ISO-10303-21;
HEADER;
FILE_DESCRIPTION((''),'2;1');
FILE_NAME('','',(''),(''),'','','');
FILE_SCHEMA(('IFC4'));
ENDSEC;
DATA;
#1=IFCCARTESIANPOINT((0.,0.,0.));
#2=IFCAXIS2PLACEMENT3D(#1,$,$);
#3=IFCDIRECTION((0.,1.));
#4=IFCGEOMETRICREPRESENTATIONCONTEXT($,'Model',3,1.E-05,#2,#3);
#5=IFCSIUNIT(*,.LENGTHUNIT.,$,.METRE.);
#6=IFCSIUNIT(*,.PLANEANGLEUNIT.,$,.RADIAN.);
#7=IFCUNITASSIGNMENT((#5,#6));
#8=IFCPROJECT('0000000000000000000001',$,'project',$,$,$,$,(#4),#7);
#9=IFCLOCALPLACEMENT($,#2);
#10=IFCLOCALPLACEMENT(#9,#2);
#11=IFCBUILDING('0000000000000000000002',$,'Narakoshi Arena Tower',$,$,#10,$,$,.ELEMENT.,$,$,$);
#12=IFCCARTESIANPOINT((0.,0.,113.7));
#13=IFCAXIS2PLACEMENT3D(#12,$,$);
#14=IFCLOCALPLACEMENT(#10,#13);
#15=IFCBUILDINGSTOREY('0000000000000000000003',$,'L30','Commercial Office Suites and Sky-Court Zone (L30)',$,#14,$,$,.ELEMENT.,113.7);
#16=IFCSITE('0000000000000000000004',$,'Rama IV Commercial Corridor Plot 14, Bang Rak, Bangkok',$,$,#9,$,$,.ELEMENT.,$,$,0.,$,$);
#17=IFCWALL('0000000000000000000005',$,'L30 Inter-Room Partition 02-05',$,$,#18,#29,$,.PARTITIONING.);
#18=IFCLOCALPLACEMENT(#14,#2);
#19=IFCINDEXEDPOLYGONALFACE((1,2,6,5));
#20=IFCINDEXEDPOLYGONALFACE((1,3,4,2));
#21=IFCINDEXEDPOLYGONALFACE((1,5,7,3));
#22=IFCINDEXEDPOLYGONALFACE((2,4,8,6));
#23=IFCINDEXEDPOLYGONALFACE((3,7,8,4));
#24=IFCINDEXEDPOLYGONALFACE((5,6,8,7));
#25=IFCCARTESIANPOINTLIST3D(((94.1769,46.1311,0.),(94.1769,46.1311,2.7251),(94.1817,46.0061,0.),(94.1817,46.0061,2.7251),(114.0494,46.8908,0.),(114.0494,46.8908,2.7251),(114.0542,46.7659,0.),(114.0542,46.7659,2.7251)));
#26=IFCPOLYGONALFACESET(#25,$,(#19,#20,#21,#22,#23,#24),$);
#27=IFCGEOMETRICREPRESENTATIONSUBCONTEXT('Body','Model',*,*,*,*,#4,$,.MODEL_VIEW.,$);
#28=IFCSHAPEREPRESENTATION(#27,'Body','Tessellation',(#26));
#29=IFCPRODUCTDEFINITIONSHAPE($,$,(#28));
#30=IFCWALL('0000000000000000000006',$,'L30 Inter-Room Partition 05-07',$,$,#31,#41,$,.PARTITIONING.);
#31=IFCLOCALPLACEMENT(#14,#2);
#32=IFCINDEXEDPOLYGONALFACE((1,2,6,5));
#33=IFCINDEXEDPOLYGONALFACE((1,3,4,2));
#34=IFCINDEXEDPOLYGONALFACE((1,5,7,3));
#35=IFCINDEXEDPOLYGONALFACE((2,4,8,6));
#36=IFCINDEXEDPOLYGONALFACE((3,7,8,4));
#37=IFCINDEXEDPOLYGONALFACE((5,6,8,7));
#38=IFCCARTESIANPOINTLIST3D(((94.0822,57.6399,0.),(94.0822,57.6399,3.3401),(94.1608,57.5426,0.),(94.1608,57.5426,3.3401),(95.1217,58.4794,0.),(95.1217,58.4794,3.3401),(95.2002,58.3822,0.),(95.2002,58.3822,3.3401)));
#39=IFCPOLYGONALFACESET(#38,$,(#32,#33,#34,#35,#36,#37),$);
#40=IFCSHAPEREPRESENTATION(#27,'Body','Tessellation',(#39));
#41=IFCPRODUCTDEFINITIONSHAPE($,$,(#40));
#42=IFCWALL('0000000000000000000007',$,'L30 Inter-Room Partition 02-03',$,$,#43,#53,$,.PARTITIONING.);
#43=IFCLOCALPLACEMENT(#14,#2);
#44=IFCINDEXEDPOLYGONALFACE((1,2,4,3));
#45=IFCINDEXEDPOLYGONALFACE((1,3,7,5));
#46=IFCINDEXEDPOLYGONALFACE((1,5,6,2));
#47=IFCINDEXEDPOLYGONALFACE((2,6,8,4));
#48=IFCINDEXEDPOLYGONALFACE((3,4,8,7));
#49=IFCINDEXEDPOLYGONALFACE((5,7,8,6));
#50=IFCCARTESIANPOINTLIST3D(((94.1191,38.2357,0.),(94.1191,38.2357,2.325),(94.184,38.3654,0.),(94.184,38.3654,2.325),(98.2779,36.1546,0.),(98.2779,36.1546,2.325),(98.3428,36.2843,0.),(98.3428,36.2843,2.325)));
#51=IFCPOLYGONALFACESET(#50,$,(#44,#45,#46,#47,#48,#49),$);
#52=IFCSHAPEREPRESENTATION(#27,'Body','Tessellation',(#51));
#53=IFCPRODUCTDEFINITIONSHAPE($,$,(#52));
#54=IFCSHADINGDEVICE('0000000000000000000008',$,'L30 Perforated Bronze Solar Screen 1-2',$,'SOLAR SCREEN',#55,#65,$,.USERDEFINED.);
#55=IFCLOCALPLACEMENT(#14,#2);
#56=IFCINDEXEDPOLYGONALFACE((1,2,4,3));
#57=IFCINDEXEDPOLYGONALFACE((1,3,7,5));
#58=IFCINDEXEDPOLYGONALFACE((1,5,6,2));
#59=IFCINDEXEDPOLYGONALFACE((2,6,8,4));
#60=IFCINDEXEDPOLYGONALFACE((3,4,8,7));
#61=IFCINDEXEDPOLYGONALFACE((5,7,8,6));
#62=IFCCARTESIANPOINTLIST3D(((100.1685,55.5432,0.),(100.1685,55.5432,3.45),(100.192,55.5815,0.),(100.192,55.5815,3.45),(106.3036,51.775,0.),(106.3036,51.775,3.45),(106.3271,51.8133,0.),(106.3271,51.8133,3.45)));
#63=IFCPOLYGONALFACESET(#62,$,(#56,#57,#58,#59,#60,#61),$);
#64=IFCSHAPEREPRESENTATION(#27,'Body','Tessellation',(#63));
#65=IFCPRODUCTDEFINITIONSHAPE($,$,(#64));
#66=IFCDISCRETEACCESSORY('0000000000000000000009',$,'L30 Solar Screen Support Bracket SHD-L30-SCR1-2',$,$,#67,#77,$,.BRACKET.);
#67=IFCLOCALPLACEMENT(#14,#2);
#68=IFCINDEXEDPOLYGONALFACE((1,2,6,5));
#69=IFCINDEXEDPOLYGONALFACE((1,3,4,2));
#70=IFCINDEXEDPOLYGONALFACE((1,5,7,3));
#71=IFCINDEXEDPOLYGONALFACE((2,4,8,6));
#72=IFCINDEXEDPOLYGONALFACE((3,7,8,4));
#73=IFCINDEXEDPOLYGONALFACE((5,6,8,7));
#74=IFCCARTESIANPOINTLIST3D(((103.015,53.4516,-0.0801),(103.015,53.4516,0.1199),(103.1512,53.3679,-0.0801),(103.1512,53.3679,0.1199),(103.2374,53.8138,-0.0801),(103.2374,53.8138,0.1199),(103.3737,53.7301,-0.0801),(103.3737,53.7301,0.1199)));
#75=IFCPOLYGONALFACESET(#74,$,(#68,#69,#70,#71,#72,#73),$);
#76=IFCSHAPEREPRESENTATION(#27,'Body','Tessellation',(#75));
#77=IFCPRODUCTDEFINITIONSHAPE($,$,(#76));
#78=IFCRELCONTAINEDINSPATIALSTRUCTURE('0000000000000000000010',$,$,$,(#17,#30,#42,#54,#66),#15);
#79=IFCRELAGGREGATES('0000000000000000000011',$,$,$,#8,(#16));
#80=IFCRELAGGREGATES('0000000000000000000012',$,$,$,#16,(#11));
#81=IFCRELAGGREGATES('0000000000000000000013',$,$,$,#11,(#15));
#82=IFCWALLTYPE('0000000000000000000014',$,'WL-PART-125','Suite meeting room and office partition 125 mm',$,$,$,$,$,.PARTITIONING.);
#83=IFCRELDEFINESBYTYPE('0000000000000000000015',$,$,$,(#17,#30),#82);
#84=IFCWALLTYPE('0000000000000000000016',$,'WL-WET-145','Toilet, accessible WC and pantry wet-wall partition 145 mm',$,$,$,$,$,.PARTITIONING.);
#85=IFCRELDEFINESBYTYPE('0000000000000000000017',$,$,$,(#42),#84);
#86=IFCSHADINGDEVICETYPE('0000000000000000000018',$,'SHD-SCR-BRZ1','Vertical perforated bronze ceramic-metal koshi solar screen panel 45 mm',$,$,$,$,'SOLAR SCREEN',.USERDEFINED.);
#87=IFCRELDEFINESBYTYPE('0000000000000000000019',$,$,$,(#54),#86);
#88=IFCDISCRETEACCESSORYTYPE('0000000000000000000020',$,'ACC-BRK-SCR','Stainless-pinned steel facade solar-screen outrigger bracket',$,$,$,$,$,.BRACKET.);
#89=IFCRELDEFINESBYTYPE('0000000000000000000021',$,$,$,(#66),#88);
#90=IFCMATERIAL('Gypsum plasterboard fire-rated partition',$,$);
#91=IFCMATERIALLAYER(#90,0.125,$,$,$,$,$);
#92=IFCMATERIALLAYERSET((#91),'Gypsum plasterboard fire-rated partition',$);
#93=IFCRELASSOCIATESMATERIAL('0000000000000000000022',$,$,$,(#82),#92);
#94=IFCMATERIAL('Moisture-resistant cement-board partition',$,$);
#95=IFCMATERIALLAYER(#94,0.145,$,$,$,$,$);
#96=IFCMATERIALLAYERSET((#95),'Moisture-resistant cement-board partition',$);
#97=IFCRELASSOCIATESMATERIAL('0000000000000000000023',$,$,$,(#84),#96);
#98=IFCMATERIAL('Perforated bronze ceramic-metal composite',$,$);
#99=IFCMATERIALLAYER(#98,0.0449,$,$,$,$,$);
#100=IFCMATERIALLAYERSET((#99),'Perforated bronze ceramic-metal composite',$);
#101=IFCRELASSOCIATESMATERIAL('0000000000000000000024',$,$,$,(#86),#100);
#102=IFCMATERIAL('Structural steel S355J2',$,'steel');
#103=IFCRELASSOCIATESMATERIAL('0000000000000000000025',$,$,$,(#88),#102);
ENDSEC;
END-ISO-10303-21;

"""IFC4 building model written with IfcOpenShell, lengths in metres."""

from ifc_helpers import new_model, si_unit, direction, frame, frame_2d, origin, origin_2d, place, context, subcontext, project, spatial, rectangle, extrude, material, layer, layer_set, type_object, element, save


model = new_model("IFC4")

# Units and contexts
model_context = context("Model", 3, precision=1e-05, world=origin(), true_north=direction((0.0, 1.0)))
body_context = subcontext(model_context, "Body", "Model", "MODEL_VIEW")
ifc_project = project(units=[si_unit("LENGTHUNIT", "METRE"), si_unit("PLANEANGLEUNIT", "RADIAN")], contexts=[model_context])

# Site, building, storey
site_placement = place(None, origin())
site = spatial("IfcSite", under=ifc_project, at=site_placement, Name="Rama IV Commercial Corridor Plot 14, Bang Rak, Bangkok", CompositionType="ELEMENT", RefElevation=0.0)
building_placement = place(site_placement, origin())
building = spatial("IfcBuilding", under=site, at=building_placement, Name="Narakoshi Arena Tower", CompositionType="ELEMENT")
storey_placement = place(building_placement, frame((0.0, 0.0, 113.7)))
storey = spatial("IfcBuildingStorey", under=building, at=storey_placement, Name="L30", Description="Commercial Office Suites and Sky-Court Zone (L30)", CompositionType="ELEMENT", Elevation=113.7)

# Shared definitions
ifc_material_1 = material(Name="Structural steel S355J2", Category="steel")

# Shared definitions
ifc_material_2 = material(Name="Gypsum plasterboard fire-rated partition")

# Walls
ifc_layer_1 = layer(ifc_material_2, 0.125)
ifc_layer_set_1 = layer_set([ifc_layer_1], Name="Gypsum plasterboard fire-rated partition")
wall_type_1 = type_object("IfcWallType", Name="WL-PART-125", Description="Suite meeting room and office partition 125 mm", PredefinedType="PARTITIONING", material=ifc_layer_set_1)
wall_1_placement = place(storey_placement, frame((94.1794, 46.0686, 0.0), z_axis=(0.0, 0.0, 1.0), x_axis=(0.99927, 0.038204, 0.0)))
element("IfcWall", 1, at=wall_1_placement, inside=storey, type_object=wall_type_1, Name="L30 Inter-Room Partition 02-05", PredefinedType="PARTITIONING", context=body_context, shape_type="SweptSolid", body=[
    extrude(rectangle(XDim=19.887, YDim=0.125, at=frame_2d((9.9434, 0.0))), origin(), (0.0, 0.0, 1.0), 2.7251),
])
wall_2_placement = place(storey_placement, frame((94.1216, 57.5913, 0.0), z_axis=(0.0, 0.0, 1.0), x_axis=(0.777955, 0.62832, 0.0)))
element("IfcWall", 2, at=wall_2_placement, inside=storey, type_object=wall_type_1, Name="L30 Inter-Room Partition 05-07", PredefinedType="PARTITIONING", context=body_context, shape_type="SweptSolid", body=[
    extrude(rectangle(XDim=1.3362, YDim=0.125, at=frame_2d((0.668, 0.0))), origin(), (0.0, 0.0, 1.0), 3.3401),
])
ifc_material_3 = material(Name="Moisture-resistant cement-board partition")
ifc_layer_2 = layer(ifc_material_3, 0.145)
ifc_layer_set_2 = layer_set([ifc_layer_2], Name="Moisture-resistant cement-board partition")
wall_type_2 = type_object("IfcWallType", Name="WL-WET-145", Description="Toilet, accessible WC and pantry wet-wall partition 145 mm", PredefinedType="PARTITIONING", material=ifc_layer_set_2)
wall_3_placement = place(storey_placement, frame((98.3103, 36.2195, 0.0), z_axis=(0.0, 0.0, 1.0), x_axis=(-0.89428, 0.447508, 0.0)))
element("IfcWall", 3, at=wall_3_placement, inside=storey, type_object=wall_type_2, Name="L30 Inter-Room Partition 02-03", PredefinedType="PARTITIONING", context=body_context, shape_type="SweptSolid", body=[
    extrude(rectangle(XDim=4.6504, YDim=0.145, at=frame_2d((2.3252, 0.0))), origin(), (0.0, 0.0, 1.0), 2.325),
])

# Shading device
ifc_material_4 = material(Name="Perforated bronze ceramic-metal composite")
ifc_layer_3 = layer(ifc_material_4, 0.0449)
ifc_layer_set_3 = layer_set([ifc_layer_3], Name="Perforated bronze ceramic-metal composite")
shading_device_type = type_object("IfcShadingDeviceType", Name="SHD-SCR-BRZ1", Description="Vertical perforated bronze ceramic-metal koshi solar screen panel 45 mm", ElementType="SOLAR SCREEN", PredefinedType="USERDEFINED", material=ifc_layer_set_3)
shading_device_placement = place(storey_placement, frame((103.2478, 53.6782, 0.0), z_axis=(0.0, 0.0, 1.0), x_axis=(-0.852111, 0.523361, 0.0)))
element("IfcShadingDevice", 4, at=shading_device_placement, inside=storey, type_object=shading_device_type, Name="L30 Perforated Bronze Solar Screen 1-2", ObjectType="SOLAR SCREEN", PredefinedType="USERDEFINED", context=body_context, shape_type="SweptSolid", body=[
    extrude(rectangle(XDim=7.2, YDim=0.0449, at=origin_2d()), origin(), (0.0, 0.0, 1.0), 3.45),
])

# Discrete accessory
discrete_accessory_type = type_object("IfcDiscreteAccessoryType", Name="ACC-BRK-SCR", Description="Stainless-pinned steel facade solar-screen outrigger bracket", PredefinedType="BRACKET", material=ifc_material_1)
discrete_accessory_placement = place(storey_placement, frame((103.1943, 53.5908, -0.0801), z_axis=(0.0, 0.0, 1.0), x_axis=(-0.852111, 0.523361, 0.0)))
element("IfcDiscreteAccessory", 5, at=discrete_accessory_placement, inside=storey, type_object=discrete_accessory_type, Name="L30 Solar Screen Support Bracket SHD-L30-SCR1-2", PredefinedType="BRACKET", context=body_context, shape_type="SweptSolid", body=[
    extrude(rectangle(XDim=0.1599, YDim=0.425, at=origin_2d()), origin(), (0.0, 0.0, 1.0), 0.2),
])

save(model, "model.ifc")
